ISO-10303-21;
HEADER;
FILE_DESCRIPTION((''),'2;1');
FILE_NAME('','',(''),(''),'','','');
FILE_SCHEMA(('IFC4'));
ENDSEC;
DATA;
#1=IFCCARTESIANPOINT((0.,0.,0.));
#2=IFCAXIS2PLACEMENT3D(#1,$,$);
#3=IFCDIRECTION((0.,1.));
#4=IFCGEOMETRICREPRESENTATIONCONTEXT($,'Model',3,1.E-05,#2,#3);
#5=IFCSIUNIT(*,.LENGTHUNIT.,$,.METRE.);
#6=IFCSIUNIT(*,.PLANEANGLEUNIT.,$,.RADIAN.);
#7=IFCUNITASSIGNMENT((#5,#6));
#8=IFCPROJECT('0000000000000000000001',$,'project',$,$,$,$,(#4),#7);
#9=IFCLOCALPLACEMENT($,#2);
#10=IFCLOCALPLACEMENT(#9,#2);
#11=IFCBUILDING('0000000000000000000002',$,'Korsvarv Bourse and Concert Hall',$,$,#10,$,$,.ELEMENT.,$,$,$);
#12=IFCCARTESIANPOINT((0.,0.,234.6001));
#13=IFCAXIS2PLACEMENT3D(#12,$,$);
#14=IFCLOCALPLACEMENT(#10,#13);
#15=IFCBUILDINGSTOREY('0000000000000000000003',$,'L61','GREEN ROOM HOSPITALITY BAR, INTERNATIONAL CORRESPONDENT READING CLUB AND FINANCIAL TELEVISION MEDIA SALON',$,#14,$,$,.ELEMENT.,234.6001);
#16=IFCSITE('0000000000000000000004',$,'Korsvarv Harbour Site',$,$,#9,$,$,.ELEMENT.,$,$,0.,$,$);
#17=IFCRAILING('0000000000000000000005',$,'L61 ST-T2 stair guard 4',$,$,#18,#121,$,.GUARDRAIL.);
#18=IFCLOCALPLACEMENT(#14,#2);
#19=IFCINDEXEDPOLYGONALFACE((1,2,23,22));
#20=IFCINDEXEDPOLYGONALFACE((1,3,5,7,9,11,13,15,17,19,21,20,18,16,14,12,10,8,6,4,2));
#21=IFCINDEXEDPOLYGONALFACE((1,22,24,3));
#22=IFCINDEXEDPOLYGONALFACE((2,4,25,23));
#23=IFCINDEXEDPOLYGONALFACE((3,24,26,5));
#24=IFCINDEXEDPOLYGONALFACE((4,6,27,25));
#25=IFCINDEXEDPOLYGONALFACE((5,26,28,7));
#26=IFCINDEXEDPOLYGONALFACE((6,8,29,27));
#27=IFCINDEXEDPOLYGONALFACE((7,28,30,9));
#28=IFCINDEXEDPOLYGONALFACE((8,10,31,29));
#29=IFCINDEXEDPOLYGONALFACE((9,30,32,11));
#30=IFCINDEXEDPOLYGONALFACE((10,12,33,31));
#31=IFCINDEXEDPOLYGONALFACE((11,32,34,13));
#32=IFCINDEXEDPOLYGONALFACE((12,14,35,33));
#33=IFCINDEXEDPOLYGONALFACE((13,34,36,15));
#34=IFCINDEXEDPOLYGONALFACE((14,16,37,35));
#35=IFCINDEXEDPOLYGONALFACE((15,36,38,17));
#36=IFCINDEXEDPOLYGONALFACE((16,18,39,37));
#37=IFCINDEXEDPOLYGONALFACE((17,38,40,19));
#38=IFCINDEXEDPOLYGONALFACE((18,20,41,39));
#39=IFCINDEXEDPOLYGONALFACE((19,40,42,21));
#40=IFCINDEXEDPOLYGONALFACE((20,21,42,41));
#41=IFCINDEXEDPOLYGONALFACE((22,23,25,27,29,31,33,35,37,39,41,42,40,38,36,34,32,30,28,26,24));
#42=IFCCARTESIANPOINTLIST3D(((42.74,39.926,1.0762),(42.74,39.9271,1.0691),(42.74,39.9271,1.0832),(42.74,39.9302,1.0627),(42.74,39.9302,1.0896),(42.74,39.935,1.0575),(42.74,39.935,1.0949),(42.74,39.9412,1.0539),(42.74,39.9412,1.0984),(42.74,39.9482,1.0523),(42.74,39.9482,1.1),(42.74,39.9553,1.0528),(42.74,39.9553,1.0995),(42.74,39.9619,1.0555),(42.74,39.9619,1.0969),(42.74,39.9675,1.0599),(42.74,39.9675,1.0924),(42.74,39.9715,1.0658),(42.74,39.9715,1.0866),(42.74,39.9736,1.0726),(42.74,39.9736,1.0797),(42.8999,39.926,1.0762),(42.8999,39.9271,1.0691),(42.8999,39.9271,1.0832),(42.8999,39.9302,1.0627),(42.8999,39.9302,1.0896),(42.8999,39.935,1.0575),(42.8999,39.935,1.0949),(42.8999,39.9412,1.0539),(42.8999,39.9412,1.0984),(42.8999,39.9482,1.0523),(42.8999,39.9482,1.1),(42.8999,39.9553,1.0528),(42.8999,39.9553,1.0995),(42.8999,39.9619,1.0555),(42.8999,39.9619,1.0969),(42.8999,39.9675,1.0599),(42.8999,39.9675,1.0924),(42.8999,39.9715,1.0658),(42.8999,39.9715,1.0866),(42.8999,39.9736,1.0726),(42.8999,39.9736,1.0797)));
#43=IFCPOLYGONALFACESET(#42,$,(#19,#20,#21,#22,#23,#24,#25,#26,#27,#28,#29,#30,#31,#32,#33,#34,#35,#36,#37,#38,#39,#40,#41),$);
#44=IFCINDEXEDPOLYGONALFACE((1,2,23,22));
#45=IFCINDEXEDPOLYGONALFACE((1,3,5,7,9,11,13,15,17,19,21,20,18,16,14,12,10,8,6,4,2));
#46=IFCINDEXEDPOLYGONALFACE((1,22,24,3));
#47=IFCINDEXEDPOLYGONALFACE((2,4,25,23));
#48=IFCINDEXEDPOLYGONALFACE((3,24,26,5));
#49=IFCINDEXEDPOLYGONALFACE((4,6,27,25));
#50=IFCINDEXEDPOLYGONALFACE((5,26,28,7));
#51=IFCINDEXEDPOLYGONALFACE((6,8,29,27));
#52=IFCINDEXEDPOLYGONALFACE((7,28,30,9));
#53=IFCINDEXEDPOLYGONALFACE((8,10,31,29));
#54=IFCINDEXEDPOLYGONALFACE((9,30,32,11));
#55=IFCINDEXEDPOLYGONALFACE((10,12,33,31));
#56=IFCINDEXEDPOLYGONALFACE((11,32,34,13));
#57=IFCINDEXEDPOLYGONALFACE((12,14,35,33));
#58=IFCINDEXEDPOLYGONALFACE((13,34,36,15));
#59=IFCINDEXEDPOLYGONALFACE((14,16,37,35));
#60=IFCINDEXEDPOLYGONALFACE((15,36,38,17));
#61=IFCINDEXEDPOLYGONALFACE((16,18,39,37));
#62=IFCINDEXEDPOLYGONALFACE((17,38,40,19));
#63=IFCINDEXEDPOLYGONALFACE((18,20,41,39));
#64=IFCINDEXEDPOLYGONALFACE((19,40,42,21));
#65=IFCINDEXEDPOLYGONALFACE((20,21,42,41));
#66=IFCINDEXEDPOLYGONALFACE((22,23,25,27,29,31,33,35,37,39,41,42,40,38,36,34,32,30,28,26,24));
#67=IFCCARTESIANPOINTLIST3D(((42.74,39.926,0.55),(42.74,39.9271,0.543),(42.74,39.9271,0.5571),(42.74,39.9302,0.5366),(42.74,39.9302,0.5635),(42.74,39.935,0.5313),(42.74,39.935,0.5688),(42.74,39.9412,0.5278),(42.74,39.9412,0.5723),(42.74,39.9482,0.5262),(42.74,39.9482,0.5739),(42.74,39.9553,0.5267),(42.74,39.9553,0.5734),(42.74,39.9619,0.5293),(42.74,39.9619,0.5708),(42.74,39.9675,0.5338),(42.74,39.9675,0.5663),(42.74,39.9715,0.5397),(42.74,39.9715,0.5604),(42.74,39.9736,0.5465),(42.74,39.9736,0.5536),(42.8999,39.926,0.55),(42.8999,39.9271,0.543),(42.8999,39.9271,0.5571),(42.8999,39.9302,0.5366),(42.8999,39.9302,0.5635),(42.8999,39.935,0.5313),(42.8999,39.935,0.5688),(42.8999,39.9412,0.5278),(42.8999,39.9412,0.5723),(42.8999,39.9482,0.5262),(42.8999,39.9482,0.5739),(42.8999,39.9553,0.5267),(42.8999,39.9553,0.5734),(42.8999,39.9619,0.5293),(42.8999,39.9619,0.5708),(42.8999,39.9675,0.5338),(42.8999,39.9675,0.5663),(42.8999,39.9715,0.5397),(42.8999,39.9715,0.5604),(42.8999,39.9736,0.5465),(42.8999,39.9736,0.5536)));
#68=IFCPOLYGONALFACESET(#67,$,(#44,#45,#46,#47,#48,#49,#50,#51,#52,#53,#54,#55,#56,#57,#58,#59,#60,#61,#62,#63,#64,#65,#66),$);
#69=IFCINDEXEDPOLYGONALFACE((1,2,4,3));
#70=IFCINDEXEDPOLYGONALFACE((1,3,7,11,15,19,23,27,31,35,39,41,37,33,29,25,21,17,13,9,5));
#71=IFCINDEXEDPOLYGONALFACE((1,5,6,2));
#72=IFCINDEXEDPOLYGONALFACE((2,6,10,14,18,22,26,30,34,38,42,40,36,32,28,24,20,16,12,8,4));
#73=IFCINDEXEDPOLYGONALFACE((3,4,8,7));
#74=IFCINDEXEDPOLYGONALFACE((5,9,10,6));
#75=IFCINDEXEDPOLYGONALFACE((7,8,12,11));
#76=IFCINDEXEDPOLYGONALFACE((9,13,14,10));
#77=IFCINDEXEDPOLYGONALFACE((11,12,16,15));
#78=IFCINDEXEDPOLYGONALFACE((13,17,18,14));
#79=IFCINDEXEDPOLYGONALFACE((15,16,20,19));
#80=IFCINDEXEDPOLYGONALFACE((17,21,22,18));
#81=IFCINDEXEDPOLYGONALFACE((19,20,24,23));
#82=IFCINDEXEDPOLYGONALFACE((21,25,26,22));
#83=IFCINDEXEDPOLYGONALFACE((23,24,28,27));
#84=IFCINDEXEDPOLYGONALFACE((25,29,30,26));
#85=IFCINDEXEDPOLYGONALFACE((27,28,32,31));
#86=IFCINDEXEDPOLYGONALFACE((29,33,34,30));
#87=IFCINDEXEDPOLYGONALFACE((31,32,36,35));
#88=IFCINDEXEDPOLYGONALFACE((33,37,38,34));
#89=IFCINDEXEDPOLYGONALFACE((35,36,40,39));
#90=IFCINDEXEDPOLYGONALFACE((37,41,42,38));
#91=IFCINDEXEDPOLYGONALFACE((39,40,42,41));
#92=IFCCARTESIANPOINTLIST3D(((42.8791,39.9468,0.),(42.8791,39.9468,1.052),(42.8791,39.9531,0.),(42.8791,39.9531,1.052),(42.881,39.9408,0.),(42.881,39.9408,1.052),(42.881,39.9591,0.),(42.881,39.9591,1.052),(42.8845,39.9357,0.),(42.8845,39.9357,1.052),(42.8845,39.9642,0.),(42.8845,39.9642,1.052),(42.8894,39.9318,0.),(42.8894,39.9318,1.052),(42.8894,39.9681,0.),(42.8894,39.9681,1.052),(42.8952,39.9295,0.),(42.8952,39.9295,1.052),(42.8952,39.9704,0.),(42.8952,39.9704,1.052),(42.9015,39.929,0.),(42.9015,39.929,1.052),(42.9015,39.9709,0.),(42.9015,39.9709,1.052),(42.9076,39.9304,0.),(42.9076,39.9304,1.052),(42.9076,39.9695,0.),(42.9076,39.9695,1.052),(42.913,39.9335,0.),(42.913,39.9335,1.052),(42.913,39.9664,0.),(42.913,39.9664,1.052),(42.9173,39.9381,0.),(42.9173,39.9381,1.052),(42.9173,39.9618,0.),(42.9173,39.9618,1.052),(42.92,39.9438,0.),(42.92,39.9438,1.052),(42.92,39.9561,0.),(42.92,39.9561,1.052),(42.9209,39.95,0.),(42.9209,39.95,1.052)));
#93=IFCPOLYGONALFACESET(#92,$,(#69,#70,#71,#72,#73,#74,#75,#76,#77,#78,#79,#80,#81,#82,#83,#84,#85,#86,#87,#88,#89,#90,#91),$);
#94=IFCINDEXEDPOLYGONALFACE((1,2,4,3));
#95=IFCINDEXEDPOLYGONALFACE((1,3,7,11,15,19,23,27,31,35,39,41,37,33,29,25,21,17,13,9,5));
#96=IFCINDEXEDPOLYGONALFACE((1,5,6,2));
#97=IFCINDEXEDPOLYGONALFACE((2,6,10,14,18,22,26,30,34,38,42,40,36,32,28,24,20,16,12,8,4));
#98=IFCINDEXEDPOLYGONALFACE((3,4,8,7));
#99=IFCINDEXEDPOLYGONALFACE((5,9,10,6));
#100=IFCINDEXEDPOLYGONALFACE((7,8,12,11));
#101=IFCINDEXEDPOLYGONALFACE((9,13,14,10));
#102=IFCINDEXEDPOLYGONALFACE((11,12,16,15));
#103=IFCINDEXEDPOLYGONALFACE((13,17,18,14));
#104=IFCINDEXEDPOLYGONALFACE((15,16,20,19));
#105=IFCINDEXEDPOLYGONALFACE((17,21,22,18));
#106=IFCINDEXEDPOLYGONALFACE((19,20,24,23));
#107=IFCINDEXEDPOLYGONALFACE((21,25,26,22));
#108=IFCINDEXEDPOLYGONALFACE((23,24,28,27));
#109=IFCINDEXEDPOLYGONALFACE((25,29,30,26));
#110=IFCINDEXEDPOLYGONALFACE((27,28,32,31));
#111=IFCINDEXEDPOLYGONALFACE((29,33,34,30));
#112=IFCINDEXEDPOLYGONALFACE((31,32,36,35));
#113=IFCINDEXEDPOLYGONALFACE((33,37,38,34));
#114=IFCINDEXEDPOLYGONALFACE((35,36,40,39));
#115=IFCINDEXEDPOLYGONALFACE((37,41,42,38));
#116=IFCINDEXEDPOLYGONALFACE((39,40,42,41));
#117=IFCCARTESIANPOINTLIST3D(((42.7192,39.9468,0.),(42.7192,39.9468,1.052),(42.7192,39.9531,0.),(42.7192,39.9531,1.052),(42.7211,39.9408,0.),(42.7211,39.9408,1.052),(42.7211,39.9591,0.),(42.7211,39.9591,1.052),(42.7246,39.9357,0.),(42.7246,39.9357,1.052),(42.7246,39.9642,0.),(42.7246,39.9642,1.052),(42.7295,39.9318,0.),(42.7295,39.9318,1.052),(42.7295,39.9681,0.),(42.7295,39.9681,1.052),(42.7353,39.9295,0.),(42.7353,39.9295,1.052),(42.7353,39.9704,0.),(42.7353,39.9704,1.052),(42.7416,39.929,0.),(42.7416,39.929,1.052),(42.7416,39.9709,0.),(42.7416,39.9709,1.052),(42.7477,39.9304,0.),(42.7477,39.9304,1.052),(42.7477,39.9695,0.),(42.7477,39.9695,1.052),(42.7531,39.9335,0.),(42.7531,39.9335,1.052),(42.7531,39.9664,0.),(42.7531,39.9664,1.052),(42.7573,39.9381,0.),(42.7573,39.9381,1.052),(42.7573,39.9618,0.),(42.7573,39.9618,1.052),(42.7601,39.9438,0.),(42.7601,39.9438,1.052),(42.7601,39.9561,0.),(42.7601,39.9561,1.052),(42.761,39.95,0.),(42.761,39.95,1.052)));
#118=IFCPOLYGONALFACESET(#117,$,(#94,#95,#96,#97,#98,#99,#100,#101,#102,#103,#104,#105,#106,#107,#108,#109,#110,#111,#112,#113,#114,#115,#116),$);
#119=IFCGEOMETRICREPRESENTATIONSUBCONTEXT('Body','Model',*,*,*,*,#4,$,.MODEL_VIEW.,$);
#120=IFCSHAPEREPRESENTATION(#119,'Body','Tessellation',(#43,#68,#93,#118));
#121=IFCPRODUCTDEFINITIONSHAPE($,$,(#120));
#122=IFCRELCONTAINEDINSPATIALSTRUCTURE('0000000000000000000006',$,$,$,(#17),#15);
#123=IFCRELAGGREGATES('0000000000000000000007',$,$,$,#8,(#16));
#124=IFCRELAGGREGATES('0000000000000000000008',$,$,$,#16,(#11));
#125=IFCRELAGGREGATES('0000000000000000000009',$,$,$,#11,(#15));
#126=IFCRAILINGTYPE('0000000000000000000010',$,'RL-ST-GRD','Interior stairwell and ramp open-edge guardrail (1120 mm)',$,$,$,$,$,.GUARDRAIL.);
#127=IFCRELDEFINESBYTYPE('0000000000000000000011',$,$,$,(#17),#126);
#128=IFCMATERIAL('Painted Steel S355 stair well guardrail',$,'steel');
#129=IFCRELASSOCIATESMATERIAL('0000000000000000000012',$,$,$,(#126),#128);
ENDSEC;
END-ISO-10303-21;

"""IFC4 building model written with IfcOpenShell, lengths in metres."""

from ifc_helpers import new_model, si_unit, direction, frame, origin, origin_2d, place, context, subcontext, project, spatial, circle, extrude, material, type_object, element, save


model = new_model("IFC4")

# Units and contexts
model_context = context("Model", 3, precision=1e-05, world=origin(), true_north=direction((0.0, 1.0)))
body_context = subcontext(model_context, "Body", "Model", "MODEL_VIEW")
ifc_project = project(units=[si_unit("LENGTHUNIT", "METRE"), si_unit("PLANEANGLEUNIT", "RADIAN")], contexts=[model_context])

# Site, building, storey
site_placement = place(None, origin())
site = spatial("IfcSite", under=ifc_project, at=site_placement, Name="Korsvarv Harbour Site", CompositionType="ELEMENT", RefElevation=0.0)
building_placement = place(site_placement, origin())
building = spatial("IfcBuilding", under=site, at=building_placement, Name="Korsvarv Bourse and Concert Hall", CompositionType="ELEMENT")
storey_placement = place(building_placement, frame((0.0, 0.0, 234.6001)))
storey = spatial("IfcBuildingStorey", under=building, at=storey_placement, Name="L61", Description="GREEN ROOM HOSPITALITY BAR, INTERNATIONAL CORRESPONDENT READING CLUB AND FINANCIAL TELEVISION MEDIA SALON", CompositionType="ELEMENT", Elevation=234.6001)

# Railing
ifc_material_1 = material(Name="Painted Steel S355 stair well guardrail", Category="steel")
railing_type_1 = type_object("IfcRailingType", Name="RL-ST-GRD", Description="Interior stairwell and ramp open-edge guardrail (1120 mm)", PredefinedType="GUARDRAIL", material=ifc_material_1)
railing_1_placement = place(storey_placement, frame((42.8999, 39.95, 0.0)))
element("IfcRailing", 1, at=railing_1_placement, inside=storey, type_object=railing_type_1, Name="L61 ST-T2 stair guard 4", PredefinedType="GUARDRAIL", context=body_context, shape_type="SweptSolid", body=[
    extrude(circle(Radius=0.0239, at=origin_2d()), frame((0.0, 0.0, 1.0762), z_axis=(-1.0, 0.0, 0.0), x_axis=(0.0, -1.0, 0.0)), (0.0, 0.0, 1.0), 0.1599),
    extrude(circle(Radius=0.0239, at=origin_2d()), frame((0.0, 0.0, 0.55), z_axis=(-1.0, 0.0, 0.0), x_axis=(0.0, -1.0, 0.0)), (0.0, 0.0, 1.0), 0.1599),
    extrude(circle(Radius=0.021, at=origin_2d()), origin(), (0.0, 0.0, 1.0), 1.052),
    extrude(circle(Radius=0.021, at=origin_2d()), frame((-0.1599, 0.0, 0.0)), (0.0, 0.0, 1.0), 1.052),
])

save(model, "model.ifc")
